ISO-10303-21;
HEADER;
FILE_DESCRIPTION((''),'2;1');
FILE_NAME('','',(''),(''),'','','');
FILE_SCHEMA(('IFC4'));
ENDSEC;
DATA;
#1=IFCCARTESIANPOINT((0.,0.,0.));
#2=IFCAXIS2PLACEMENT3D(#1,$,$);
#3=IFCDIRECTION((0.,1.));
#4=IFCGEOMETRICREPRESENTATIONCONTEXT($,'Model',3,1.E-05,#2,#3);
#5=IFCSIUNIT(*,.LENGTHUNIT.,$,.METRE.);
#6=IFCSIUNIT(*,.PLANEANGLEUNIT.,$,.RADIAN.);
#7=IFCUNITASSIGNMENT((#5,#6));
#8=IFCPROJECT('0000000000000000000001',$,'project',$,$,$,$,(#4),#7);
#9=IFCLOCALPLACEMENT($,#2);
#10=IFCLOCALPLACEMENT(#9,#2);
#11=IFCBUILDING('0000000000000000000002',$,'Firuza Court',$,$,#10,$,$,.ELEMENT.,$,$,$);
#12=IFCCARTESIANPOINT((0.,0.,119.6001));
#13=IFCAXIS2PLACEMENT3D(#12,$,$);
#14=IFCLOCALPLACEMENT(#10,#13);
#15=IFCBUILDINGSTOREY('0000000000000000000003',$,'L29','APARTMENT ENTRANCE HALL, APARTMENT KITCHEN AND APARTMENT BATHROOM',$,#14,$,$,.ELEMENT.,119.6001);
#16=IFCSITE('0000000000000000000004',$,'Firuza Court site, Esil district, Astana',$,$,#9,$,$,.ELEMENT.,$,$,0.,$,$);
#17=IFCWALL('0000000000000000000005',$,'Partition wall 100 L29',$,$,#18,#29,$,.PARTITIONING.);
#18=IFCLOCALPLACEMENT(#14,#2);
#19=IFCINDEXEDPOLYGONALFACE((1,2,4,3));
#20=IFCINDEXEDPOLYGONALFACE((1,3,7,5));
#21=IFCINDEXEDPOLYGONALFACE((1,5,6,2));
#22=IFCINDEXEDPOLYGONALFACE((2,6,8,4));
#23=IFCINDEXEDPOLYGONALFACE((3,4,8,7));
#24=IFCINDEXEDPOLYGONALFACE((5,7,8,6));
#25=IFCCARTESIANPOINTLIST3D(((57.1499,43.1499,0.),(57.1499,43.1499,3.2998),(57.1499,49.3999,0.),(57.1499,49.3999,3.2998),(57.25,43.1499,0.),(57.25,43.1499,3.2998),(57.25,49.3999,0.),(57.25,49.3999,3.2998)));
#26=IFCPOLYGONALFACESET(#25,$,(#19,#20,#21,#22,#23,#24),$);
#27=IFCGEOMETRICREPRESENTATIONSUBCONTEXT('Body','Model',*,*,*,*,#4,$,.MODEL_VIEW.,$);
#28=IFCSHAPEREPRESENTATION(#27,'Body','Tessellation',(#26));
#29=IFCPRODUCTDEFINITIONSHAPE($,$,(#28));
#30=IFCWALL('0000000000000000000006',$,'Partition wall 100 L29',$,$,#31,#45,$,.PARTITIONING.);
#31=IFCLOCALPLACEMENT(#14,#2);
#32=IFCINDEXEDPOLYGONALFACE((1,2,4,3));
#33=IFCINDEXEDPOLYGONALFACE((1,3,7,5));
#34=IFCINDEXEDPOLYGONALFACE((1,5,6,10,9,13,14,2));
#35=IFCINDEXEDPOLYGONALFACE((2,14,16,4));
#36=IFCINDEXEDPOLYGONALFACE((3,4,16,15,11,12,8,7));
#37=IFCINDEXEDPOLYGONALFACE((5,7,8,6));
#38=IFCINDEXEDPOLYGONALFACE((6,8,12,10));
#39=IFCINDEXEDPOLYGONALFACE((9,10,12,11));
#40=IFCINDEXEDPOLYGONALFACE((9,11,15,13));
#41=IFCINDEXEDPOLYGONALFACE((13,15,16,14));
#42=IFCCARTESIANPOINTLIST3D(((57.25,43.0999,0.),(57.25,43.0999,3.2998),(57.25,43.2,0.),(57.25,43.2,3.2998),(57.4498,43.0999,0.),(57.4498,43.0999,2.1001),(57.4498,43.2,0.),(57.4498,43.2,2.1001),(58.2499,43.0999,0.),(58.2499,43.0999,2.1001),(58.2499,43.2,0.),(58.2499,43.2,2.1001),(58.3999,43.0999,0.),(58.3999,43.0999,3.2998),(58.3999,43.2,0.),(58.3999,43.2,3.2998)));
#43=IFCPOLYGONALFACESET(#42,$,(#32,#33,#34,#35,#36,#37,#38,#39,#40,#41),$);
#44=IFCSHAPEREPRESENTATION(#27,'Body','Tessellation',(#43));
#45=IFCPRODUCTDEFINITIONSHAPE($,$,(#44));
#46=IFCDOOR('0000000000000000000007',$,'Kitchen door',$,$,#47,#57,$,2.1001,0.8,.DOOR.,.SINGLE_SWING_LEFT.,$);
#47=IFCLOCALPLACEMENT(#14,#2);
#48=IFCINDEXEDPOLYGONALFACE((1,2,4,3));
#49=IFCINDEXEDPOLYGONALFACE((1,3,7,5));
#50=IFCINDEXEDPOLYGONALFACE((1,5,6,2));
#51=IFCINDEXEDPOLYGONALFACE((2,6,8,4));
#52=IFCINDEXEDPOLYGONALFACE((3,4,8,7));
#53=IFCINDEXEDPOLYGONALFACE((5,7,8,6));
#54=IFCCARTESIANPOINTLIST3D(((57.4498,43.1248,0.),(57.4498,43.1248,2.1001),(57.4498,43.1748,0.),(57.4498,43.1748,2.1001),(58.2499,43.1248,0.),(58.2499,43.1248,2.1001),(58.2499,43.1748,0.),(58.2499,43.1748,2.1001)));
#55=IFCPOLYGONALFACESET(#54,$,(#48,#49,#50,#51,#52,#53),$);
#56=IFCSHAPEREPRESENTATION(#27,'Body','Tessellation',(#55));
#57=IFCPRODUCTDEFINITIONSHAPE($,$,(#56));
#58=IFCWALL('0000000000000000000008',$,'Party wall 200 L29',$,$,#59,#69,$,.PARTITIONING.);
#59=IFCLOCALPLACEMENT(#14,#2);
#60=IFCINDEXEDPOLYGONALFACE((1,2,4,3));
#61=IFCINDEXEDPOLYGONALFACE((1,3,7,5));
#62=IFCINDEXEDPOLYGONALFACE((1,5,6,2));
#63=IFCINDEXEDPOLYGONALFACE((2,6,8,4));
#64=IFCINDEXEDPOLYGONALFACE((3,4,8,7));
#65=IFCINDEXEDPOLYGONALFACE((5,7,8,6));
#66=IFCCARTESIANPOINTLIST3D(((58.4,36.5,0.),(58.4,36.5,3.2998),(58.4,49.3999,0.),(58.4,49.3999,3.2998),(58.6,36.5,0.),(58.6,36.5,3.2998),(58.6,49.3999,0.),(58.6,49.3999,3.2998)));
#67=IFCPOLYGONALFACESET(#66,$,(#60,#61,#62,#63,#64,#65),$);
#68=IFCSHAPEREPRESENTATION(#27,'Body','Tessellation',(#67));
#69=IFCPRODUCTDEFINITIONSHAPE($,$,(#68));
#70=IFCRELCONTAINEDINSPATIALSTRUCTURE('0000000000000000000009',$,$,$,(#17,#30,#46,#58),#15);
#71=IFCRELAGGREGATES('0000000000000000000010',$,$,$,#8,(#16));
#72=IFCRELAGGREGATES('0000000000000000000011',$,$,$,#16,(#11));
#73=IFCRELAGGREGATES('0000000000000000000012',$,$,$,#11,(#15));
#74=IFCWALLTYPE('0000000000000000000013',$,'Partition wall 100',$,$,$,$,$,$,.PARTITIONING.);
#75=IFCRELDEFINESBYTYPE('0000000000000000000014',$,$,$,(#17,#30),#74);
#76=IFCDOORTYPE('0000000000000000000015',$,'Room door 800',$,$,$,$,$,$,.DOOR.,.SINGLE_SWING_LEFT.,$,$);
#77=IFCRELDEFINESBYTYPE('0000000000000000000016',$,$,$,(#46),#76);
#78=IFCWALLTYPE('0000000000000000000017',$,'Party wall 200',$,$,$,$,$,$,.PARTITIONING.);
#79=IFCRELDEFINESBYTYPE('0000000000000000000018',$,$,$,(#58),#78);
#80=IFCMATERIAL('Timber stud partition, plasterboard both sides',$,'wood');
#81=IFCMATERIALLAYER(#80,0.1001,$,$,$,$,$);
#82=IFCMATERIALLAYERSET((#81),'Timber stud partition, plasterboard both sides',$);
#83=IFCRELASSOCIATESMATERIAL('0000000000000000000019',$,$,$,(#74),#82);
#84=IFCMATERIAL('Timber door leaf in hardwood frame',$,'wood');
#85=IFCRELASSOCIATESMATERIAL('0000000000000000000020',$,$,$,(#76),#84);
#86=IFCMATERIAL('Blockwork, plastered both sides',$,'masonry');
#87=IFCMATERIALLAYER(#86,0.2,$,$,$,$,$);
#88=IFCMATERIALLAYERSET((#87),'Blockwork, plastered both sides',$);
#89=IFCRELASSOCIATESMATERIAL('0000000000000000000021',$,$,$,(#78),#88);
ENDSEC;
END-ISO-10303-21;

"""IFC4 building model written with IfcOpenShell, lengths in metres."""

from ifc_helpers import new_model, si_unit, direction, frame, frame_2d, origin, place, context, subcontext, project, spatial, rectangle, extrude, material, layer, layer_set, type_object, element, fill, save


model = new_model("IFC4")

# Units and contexts
model_context = context("Model", 3, precision=1e-05, world=origin(), true_north=direction((0.0, 1.0)))
body_context = subcontext(model_context, "Body", "Model", "MODEL_VIEW")
ifc_project = project(units=[si_unit("LENGTHUNIT", "METRE"), si_unit("PLANEANGLEUNIT", "RADIAN")], contexts=[model_context])

# Site, building, storey
site_placement = place(None, origin())
site = spatial("IfcSite", under=ifc_project, at=site_placement, Name="Firuza Court site, Esil district, Astana", CompositionType="ELEMENT", RefElevation=0.0)
building_placement = place(site_placement, origin())
building = spatial("IfcBuilding", under=site, at=building_placement, Name="Firuza Court", CompositionType="ELEMENT")
storey_placement = place(building_placement, frame((0.0, 0.0, 119.6001)))
storey = spatial("IfcBuildingStorey", under=building, at=storey_placement, Name="L29", Description="APARTMENT ENTRANCE HALL, APARTMENT KITCHEN AND APARTMENT BATHROOM", CompositionType="ELEMENT", Elevation=119.6001)

# Shared definitions
ifc_material_1 = material(Name="Blockwork, plastered both sides", Category="masonry")
ifc_material_2 = material(Name="Timber stud partition, plasterboard both sides", Category="wood")
ifc_layer_1 = layer(ifc_material_2, 0.1001)
ifc_layer_set_1 = layer_set([ifc_layer_1], Name="Timber stud partition, plasterboard both sides")
wall_type_1 = type_object("IfcWallType", Name="Partition wall 100", PredefinedType="PARTITIONING", material=ifc_layer_set_1)

# Wall
wall_1_placement = place(storey_placement, frame((57.2, 43.1499, 0.0), z_axis=(0.0, 0.0, 1.0), x_axis=(0.0, 1.0, 0.0)))
element("IfcWall", 1, at=wall_1_placement, inside=storey, type_object=wall_type_1, Name="Partition wall 100 L29", PredefinedType="PARTITIONING", context=body_context, shape_type="SweptSolid", body=[
    extrude(rectangle(XDim=6.25, YDim=0.1001, at=frame_2d((3.125, 0.0))), origin(), (0.0, 0.0, 1.0), 3.2998),
])

# Wall, opening, door
wall_2_placement = place(storey_placement, frame((57.25, 43.1499, 0.0), z_axis=(0.0, 0.0, 1.0), x_axis=(1.0, 0.0, 0.0)))
wall_2 = element("IfcWall", 2, at=wall_2_placement, inside=storey, type_object=wall_type_1, Name="Partition wall 100 L29", PredefinedType="PARTITIONING", context=body_context, shape_type="SweptSolid", body=[
    extrude(rectangle(XDim=1.1499, YDim=0.1001, at=frame_2d((0.575, 0.0))), origin(), (0.0, 0.0, 1.0), 3.2998),
])
opening_1_placement = place(wall_2_placement, frame((0.2, 0.0, 0.0)))
opening_1 = element("IfcOpeningElement", 3, at=opening_1_placement, cuts=wall_2, PredefinedType="OPENING", context=body_context, shape_type="SweptSolid", body=[
    extrude(rectangle(XDim=0.8, YDim=2.1001, at=frame_2d((0.3999, 1.05))), frame((0.0, 0.062, 0.0), z_axis=(0.0, -1.0, 0.0), x_axis=(1.0, 0.0, 0.0)), (0.0, 0.0, 1.0), 0.124),
])
ifc_material_3 = material(Name="Timber door leaf in hardwood frame", Category="wood")
door_type_1 = type_object("IfcDoorType", Name="Room door 800", OperationType="SINGLE_SWING_LEFT", PredefinedType="DOOR", material=ifc_material_3)
door_1_placement = place(opening_1_placement, origin())
door_1 = element("IfcDoor", 4, at=door_1_placement, inside=storey, type_object=door_type_1, Name="Kitchen door", OperationType="SINGLE_SWING_LEFT", OverallHeight=2.1001, OverallWidth=0.8, PredefinedType="DOOR", context=body_context, shape_type="SweptSolid", body=[
    extrude(rectangle(XDim=0.8, YDim=2.1001, at=frame_2d((0.3999, 1.05))), frame((0.0, 0.0249, 0.0), z_axis=(0.0, -1.0, 0.0), x_axis=(1.0, 0.0, 0.0)), (0.0, 0.0, 1.0), 0.05),
])
fill(opening_1, door_1)

# Wall
ifc_layer_2 = layer(ifc_material_1, 0.2)
ifc_layer_set_2 = layer_set([ifc_layer_2], Name="Blockwork, plastered both sides")
wall_type_2 = type_object("IfcWallType", Name="Party wall 200", PredefinedType="PARTITIONING", material=ifc_layer_set_2)
wall_3_placement = place(storey_placement, frame((58.5, 36.5, 0.0), z_axis=(0.0, 0.0, 1.0), x_axis=(0.0, 1.0, 0.0)))
element("IfcWall", 5, at=wall_3_placement, inside=storey, type_object=wall_type_2, Name="Party wall 200 L29", PredefinedType="PARTITIONING", context=body_context, shape_type="SweptSolid", body=[
    extrude(rectangle(XDim=12.8999, YDim=0.2, at=frame_2d((6.45, 0.0))), origin(), (0.0, 0.0, 1.0), 3.2998),
])

save(model, "model.ifc")
